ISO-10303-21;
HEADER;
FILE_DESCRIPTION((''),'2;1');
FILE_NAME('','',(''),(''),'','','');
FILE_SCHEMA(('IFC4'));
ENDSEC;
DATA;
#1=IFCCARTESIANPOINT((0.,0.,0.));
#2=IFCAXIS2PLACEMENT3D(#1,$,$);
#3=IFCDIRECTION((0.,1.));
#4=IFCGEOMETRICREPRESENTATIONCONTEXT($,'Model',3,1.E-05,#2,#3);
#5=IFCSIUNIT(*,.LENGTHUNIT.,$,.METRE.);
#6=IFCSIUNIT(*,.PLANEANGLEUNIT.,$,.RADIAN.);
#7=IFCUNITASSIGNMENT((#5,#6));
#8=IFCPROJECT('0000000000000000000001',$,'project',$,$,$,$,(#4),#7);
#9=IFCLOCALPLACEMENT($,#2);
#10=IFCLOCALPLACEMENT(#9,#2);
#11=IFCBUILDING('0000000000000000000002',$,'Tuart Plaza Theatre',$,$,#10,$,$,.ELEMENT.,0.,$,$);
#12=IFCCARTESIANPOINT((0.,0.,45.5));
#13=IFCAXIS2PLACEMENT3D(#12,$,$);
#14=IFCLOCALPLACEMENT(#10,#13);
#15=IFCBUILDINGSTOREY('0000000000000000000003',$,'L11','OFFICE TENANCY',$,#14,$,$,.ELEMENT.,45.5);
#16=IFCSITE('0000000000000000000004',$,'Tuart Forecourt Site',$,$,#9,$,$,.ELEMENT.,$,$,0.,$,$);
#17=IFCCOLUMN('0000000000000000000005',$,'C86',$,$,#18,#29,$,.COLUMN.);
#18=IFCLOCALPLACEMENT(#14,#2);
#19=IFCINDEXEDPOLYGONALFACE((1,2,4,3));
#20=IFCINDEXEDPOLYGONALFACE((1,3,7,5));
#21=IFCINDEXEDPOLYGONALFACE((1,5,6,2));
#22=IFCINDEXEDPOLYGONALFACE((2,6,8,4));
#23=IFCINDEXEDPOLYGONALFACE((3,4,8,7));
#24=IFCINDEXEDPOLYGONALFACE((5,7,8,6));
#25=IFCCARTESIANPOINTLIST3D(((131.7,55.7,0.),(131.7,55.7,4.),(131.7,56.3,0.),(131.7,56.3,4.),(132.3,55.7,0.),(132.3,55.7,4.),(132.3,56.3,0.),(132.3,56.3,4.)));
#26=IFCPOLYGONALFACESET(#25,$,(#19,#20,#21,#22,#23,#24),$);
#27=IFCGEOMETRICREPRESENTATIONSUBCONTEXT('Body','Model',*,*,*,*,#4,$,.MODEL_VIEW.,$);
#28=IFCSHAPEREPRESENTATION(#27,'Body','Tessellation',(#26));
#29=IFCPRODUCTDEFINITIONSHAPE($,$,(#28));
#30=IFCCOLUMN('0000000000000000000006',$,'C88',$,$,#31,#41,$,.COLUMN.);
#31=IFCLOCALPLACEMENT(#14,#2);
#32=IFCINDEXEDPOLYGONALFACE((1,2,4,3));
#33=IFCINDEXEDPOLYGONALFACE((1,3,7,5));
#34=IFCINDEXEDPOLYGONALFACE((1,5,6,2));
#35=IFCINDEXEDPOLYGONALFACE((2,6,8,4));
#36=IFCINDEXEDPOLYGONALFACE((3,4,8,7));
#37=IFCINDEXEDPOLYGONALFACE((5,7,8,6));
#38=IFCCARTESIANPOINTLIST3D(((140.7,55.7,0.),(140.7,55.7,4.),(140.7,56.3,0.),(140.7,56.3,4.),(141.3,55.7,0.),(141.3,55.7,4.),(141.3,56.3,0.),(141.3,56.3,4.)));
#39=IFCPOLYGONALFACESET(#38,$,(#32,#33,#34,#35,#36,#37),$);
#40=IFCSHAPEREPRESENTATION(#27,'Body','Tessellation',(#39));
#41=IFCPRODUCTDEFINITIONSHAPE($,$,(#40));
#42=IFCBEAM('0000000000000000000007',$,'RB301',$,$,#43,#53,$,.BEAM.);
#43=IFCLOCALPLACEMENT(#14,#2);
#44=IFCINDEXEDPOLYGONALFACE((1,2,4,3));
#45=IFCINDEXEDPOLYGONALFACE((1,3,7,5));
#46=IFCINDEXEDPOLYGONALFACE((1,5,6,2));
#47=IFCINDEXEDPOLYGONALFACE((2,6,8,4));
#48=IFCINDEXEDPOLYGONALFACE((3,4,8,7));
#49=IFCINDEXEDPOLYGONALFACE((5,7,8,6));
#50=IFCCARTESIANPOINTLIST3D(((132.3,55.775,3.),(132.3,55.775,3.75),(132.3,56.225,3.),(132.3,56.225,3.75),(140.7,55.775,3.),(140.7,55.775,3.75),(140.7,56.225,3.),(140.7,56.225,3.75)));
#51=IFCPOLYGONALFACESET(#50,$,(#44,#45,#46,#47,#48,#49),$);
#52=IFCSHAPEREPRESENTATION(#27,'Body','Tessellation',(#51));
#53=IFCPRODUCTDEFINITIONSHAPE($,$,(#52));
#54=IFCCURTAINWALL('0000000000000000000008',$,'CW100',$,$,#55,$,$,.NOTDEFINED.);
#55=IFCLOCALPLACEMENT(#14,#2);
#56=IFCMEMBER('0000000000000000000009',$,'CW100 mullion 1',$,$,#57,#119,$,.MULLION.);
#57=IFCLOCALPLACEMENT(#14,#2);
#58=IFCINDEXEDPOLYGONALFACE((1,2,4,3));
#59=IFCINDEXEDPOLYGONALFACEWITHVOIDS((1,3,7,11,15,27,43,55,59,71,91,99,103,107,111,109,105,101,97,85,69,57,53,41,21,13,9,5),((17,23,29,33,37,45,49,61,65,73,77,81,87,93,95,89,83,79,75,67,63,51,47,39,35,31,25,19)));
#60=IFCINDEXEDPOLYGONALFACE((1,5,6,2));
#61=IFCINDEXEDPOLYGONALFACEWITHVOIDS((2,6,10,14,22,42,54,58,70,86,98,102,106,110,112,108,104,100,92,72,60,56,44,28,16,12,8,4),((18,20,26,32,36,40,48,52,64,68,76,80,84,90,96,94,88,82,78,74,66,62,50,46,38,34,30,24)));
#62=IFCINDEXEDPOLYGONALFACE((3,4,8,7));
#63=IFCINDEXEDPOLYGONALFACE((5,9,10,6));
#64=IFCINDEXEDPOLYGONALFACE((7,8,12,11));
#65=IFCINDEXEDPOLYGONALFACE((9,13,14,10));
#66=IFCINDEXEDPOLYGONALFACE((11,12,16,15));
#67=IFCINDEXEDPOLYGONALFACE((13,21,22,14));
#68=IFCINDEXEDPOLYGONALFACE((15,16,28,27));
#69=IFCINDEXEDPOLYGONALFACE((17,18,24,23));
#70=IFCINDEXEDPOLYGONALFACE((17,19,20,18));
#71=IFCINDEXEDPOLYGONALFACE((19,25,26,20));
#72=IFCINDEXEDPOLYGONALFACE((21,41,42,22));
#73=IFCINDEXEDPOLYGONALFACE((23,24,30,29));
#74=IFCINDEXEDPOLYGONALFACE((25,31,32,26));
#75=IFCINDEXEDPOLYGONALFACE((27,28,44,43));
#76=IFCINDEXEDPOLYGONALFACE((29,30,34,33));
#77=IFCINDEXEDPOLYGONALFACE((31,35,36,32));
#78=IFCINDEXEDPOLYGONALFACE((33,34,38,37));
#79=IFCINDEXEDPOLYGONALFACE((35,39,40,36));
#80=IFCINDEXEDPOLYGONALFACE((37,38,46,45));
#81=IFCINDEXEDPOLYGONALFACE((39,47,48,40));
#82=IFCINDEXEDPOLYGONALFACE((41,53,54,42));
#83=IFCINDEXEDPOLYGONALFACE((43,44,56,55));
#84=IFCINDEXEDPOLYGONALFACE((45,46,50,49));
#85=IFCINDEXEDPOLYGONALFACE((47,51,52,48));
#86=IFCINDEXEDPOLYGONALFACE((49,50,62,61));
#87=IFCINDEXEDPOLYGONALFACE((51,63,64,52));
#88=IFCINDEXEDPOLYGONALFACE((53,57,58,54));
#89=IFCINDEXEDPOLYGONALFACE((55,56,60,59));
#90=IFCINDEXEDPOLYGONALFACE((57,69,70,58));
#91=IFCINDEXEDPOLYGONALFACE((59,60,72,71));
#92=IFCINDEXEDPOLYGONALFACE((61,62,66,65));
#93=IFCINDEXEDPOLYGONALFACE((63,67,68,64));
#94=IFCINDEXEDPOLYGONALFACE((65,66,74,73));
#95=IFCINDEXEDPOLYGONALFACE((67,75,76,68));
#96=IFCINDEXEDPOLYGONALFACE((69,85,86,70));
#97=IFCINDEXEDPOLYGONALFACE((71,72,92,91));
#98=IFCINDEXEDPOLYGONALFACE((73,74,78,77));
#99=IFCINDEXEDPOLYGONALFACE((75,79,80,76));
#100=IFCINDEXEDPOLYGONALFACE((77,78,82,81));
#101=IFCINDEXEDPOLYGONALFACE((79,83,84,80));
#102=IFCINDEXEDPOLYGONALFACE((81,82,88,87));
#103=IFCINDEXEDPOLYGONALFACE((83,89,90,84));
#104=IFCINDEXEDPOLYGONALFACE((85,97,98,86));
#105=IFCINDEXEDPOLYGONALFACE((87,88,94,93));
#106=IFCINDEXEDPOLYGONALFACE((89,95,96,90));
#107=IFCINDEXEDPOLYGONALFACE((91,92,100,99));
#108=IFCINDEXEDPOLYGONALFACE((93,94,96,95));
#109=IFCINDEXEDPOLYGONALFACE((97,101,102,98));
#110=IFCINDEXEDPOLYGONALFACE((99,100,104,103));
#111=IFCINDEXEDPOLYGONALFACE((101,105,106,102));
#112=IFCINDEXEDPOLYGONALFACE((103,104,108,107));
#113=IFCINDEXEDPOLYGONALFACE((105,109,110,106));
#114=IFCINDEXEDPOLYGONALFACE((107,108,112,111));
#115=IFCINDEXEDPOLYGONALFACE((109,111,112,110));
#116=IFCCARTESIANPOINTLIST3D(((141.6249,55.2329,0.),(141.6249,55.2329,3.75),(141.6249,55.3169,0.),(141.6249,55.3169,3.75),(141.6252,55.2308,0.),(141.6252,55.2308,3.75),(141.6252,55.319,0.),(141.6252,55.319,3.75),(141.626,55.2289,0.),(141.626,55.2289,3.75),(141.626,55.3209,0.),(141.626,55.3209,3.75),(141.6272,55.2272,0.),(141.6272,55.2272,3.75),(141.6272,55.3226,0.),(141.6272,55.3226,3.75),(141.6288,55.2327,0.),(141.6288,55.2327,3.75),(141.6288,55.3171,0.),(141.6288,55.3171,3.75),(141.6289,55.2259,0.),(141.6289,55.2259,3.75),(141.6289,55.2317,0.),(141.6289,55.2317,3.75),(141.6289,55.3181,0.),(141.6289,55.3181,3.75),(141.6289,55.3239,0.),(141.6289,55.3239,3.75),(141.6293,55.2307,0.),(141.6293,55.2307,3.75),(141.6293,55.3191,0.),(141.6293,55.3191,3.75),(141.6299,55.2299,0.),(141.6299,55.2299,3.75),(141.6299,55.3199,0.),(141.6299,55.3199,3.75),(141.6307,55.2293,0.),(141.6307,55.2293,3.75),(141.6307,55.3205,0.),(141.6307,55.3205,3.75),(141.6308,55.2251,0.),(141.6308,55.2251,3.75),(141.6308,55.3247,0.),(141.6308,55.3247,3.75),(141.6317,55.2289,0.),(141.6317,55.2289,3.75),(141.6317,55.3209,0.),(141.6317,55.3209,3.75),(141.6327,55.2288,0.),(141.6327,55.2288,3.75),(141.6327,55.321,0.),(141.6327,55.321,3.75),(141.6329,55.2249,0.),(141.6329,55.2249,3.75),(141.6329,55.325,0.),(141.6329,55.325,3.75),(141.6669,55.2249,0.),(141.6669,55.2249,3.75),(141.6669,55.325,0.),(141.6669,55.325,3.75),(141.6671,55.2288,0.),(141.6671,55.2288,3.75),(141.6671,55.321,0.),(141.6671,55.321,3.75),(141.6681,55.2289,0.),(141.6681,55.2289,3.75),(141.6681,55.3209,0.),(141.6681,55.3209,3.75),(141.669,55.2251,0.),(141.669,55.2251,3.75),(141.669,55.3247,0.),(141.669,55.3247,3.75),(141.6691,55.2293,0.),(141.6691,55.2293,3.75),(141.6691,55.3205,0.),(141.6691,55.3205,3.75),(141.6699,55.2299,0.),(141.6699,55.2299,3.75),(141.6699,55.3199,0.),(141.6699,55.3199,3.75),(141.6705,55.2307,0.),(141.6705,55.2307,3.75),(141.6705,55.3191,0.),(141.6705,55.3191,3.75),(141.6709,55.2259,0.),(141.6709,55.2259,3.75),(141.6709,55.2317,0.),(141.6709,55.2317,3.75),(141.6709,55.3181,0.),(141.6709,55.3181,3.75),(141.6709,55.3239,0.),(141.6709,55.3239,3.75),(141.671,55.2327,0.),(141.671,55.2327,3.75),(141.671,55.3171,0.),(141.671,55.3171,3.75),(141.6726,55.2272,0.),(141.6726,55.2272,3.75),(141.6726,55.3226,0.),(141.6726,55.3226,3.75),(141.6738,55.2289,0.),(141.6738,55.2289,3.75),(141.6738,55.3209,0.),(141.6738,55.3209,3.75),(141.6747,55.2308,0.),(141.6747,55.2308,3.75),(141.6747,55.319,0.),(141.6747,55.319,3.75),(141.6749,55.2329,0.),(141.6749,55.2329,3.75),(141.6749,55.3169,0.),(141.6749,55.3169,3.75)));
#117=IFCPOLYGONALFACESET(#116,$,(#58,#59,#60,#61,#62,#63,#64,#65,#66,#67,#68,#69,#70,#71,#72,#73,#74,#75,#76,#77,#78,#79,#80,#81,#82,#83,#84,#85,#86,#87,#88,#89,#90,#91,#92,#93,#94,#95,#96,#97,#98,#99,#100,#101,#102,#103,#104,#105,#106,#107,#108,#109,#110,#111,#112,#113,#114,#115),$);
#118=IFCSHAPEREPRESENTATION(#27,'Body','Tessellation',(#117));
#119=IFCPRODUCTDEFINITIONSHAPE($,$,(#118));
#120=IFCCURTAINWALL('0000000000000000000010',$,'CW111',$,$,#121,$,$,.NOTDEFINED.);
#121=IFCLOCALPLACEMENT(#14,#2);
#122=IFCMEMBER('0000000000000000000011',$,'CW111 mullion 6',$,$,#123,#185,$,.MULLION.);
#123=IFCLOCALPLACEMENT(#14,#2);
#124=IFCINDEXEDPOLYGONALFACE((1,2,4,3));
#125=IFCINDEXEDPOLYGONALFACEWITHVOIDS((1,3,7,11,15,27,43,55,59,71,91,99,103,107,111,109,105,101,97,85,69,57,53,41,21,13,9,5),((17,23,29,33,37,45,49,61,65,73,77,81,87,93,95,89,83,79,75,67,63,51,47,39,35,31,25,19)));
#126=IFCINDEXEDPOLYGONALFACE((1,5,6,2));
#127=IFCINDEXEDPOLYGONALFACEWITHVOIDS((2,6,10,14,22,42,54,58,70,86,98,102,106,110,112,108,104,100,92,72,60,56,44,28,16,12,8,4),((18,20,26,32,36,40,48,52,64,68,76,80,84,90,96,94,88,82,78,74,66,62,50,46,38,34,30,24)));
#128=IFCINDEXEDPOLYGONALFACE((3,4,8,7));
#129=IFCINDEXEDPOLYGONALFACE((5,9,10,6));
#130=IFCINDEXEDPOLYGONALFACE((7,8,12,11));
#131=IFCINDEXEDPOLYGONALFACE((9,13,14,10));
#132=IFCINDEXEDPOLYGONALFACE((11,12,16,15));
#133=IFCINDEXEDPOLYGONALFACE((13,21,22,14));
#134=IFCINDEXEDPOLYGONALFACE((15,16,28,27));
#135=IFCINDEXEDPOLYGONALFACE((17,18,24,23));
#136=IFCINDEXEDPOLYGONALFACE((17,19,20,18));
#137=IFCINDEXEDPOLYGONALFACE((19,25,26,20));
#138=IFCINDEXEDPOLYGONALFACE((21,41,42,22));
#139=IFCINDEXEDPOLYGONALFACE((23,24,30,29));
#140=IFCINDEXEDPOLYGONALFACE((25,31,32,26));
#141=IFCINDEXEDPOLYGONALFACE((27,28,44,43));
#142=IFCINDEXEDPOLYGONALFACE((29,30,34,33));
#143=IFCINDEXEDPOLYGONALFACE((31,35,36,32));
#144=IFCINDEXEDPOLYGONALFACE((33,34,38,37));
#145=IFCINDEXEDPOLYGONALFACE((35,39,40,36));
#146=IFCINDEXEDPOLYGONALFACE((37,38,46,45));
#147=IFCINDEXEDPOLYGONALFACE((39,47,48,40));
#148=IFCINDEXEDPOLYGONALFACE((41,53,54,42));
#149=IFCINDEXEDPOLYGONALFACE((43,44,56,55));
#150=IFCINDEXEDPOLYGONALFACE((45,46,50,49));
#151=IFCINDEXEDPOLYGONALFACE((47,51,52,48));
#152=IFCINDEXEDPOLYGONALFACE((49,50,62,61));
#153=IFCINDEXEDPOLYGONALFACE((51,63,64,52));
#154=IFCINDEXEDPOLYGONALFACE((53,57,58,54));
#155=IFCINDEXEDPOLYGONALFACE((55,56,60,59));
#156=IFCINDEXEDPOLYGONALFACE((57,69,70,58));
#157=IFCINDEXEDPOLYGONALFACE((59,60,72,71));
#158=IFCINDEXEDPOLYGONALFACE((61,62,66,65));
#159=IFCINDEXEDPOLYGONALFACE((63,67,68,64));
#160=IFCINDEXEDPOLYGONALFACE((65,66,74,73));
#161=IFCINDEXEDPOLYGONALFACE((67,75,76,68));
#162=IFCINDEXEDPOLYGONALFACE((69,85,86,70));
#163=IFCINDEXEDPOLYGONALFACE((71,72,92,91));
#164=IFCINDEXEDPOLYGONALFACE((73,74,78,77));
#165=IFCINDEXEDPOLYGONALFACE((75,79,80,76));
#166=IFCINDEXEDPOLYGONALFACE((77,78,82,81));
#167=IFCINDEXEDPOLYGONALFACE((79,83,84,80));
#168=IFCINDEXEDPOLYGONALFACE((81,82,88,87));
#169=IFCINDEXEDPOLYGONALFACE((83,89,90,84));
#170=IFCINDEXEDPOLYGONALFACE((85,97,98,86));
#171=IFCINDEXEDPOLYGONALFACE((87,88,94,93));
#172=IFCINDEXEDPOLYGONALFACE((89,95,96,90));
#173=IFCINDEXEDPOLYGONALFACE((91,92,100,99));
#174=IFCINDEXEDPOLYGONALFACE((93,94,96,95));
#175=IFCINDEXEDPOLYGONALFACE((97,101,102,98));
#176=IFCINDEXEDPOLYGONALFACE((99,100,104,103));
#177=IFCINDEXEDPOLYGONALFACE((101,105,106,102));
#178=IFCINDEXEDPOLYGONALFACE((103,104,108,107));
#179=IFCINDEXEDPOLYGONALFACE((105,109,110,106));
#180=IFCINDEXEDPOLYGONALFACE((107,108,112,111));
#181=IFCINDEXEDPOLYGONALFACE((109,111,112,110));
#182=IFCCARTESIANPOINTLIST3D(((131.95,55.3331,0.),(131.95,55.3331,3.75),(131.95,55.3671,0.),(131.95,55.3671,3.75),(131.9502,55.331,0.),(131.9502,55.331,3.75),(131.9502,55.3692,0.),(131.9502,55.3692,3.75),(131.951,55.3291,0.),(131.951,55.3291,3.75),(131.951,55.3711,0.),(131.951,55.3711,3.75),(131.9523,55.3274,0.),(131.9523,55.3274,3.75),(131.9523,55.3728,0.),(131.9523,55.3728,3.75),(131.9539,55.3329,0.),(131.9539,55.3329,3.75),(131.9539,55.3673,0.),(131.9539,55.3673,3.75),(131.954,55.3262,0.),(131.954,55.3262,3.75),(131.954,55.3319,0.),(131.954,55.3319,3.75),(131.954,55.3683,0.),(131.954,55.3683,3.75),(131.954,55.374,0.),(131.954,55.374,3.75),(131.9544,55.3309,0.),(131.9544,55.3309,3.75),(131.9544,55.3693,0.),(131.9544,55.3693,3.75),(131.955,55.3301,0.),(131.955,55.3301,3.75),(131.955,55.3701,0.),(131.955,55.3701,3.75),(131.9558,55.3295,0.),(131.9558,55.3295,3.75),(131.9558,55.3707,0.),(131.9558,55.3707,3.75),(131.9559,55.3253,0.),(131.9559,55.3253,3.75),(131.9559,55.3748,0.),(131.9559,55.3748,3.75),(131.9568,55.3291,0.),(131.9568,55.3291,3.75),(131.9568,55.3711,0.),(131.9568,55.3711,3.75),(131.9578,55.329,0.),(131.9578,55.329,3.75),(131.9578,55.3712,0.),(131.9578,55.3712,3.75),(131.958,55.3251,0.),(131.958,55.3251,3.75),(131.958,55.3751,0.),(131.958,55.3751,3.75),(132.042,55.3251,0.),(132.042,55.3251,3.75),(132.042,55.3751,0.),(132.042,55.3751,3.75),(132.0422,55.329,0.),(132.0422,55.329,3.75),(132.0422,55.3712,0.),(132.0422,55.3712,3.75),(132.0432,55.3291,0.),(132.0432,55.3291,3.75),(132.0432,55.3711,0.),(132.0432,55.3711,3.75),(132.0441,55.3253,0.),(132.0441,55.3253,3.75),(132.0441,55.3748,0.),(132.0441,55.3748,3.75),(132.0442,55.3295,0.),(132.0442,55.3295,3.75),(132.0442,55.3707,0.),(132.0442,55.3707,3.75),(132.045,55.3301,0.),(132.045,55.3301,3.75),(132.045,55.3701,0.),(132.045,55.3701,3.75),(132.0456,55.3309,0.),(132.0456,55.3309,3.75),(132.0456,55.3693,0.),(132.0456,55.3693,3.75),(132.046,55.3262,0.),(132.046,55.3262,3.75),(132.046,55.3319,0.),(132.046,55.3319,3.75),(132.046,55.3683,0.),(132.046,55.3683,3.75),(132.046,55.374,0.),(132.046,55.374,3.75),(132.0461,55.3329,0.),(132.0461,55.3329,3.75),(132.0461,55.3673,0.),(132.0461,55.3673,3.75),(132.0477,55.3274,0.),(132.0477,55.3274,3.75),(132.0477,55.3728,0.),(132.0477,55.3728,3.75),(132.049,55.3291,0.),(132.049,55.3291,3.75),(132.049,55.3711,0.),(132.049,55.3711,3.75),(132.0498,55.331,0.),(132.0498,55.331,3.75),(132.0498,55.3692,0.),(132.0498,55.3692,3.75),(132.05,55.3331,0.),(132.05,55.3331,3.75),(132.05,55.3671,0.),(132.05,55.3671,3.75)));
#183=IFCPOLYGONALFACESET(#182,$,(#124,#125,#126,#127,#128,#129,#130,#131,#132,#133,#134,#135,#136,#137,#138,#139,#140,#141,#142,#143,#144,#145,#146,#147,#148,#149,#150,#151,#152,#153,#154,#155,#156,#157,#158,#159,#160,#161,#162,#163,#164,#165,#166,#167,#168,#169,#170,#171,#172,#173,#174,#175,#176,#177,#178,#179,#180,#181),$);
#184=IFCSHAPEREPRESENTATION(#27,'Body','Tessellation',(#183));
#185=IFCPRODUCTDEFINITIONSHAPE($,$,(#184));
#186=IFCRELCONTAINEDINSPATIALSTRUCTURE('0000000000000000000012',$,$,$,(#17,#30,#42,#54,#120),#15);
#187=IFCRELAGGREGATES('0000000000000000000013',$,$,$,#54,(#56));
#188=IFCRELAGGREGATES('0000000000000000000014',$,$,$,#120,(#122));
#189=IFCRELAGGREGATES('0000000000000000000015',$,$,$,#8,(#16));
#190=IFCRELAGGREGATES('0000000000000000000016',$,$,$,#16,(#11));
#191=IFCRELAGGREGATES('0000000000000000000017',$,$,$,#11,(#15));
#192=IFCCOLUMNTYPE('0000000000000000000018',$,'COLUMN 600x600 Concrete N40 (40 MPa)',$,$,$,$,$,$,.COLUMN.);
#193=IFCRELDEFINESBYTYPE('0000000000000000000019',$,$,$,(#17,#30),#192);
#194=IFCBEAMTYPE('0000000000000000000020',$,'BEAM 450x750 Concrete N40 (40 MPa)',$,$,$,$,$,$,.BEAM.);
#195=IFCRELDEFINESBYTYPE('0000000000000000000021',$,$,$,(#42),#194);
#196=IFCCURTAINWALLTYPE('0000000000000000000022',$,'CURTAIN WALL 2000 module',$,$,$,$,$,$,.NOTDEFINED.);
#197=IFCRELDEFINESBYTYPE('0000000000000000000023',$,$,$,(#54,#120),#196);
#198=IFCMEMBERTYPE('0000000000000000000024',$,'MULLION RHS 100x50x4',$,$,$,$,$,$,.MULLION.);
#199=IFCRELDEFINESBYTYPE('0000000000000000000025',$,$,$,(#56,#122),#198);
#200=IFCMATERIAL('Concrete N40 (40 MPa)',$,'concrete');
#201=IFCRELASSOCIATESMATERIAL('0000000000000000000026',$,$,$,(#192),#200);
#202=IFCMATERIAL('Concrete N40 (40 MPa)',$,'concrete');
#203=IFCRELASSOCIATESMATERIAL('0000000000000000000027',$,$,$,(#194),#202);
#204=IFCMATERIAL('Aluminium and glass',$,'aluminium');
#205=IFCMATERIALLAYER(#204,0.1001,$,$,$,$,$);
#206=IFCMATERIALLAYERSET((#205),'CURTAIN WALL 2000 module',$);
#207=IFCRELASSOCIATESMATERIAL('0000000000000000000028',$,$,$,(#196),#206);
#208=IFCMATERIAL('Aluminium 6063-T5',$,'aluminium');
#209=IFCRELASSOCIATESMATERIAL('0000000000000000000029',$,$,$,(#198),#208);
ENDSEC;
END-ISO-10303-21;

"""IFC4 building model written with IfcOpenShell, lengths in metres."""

from ifc_helpers import new_model, si_unit, direction, frame, origin, origin_2d, place, context, subcontext, project, spatial, rectangle, hollow_rectangle, extrude, material, layer, layer_set, material_profile, profile_set, type_object, element, aggregate, save


model = new_model("IFC4")

# Units and contexts
model_context = context("Model", 3, precision=1e-05, world=origin(), true_north=direction((0.0, 1.0)))
body_context = subcontext(model_context, "Body", "Model", "MODEL_VIEW")
ifc_project = project(units=[si_unit("LENGTHUNIT", "METRE"), si_unit("PLANEANGLEUNIT", "RADIAN")], contexts=[model_context])

# Site, building, storey
site_placement = place(None, origin())
site = spatial("IfcSite", under=ifc_project, at=site_placement, Name="Tuart Forecourt Site", CompositionType="ELEMENT", RefElevation=0.0)
building_placement = place(site_placement, origin())
building = spatial("IfcBuilding", under=site, at=building_placement, Name="Tuart Plaza Theatre", CompositionType="ELEMENT", ElevationOfRefHeight=0.0)
storey_placement = place(building_placement, frame((0.0, 0.0, 45.5)))
storey = spatial("IfcBuildingStorey", under=building, at=storey_placement, Name="L11", Description="OFFICE TENANCY", CompositionType="ELEMENT", Elevation=45.5)

# Columns
ifc_material_1 = material(Name="Concrete N40 (40 MPa)", Category="concrete")
ifc_material_profile_1 = material_profile(ifc_material_1, rectangle(XDim=0.6001, YDim=0.6001, at=origin_2d()), Name="COLUMN 600x600 Concrete N40 (40 MPa)")
ifc_profile_set_1 = profile_set([ifc_material_profile_1], Name="Concrete N40 (40 MPa)")
column_type = type_object("IfcColumnType", Name="COLUMN 600x600 Concrete N40 (40 MPa)", PredefinedType="COLUMN", material=ifc_profile_set_1)
for number, where, z_axis, x_axis, name in (
    (1, (132.0, 56.0, 0.0), (0.0, 0.0, 1.0), (1.0, 0.0, 0.0), "C86"),
    (2, (141.0, 56.0, 0.0), (0.0, 0.0, 1.0), (1.0, 0.0, 0.0), "C88"),
):
    element("IfcColumn", number, at=place(storey_placement, frame(where, z_axis=z_axis, x_axis=x_axis)), inside=storey, type_object=column_type, Name=name, PredefinedType="COLUMN", context=body_context, shape_type="SweptSolid", body=[
        extrude(rectangle(XDim=0.6001, YDim=0.6001, at=origin_2d()), origin(), (0.0, 0.0, 1.0), 4.0),
    ])

# Beam
ifc_material_2 = material(Name="Concrete N40 (40 MPa)", Category="concrete")
ifc_material_profile_2 = material_profile(ifc_material_2, rectangle(XDim=0.45, YDim=0.75, at=origin_2d()), Name="BEAM 450x750 Concrete N40 (40 MPa)")
ifc_profile_set_2 = profile_set([ifc_material_profile_2], Name="Concrete N40 (40 MPa)")
beam_type = type_object("IfcBeamType", Name="BEAM 450x750 Concrete N40 (40 MPa)", PredefinedType="BEAM", material=ifc_profile_set_2)
beam_placement = place(storey_placement, frame((132.3, 56.0, 3.375), z_axis=(1.0, 0.0, 0.0), x_axis=(0.0, 1.0, 0.0)))
element("IfcBeam", 3, at=beam_placement, inside=storey, type_object=beam_type, Name="RB301", PredefinedType="BEAM", context=body_context, shape_type="SweptSolid", body=[
    extrude(rectangle(XDim=0.45, YDim=0.75, at=origin_2d()), origin(), (0.0, 0.0, 1.0), 8.3999),
])

# Curtain wall, member
ifc_material_3 = material(Name="Aluminium and glass", Category="aluminium")
ifc_layer_1 = layer(ifc_material_3, 0.1001)
ifc_layer_set_1 = layer_set([ifc_layer_1], Name="CURTAIN WALL 2000 module")
curtain_wall_type = type_object("IfcCurtainWallType", Name="CURTAIN WALL 2000 module", PredefinedType="NOTDEFINED", material=ifc_layer_set_1)
curtain_wall_1_placement = place(storey_placement, origin())
curtain_wall_1 = element("IfcCurtainWall", 4, at=curtain_wall_1_placement, inside=storey, type_object=curtain_wall_type, Name="CW100", PredefinedType="NOTDEFINED")
ifc_material_4 = material(Name="Aluminium 6063-T5", Category="aluminium")
ifc_material_profile_3 = material_profile(ifc_material_4, hollow_rectangle(XDim=0.05, YDim=0.1001, WallThickness=0.0039, InnerFilletRadius=0.0039, OuterFilletRadius=0.0081, at=origin_2d()), Name="RHS 100x50x4")
ifc_profile_set_3 = profile_set([ifc_material_profile_3], Name="Aluminium 6063-T5")
member_type_1 = type_object("IfcMemberType", Name="MULLION RHS 100x50x4", PredefinedType="MULLION", material=ifc_profile_set_3)
member_1_placement = place(storey_placement, frame((141.6499, 55.2749, 0.0), z_axis=(0.0, 0.0, 1.0), x_axis=(-1.0, 0.0, 0.0)))
member_1 = element("IfcMember", 5, at=member_1_placement, type_object=member_type_1, Name="CW100 mullion 1", PredefinedType="MULLION", context=body_context, shape_type="SweptSolid", body=[
    extrude(hollow_rectangle(XDim=0.05, YDim=0.1001, WallThickness=0.0039, InnerFilletRadius=0.0039, OuterFilletRadius=0.0081, at=origin_2d()), origin(), (0.0, 0.0, 1.0), 3.75),
])

# Curtain wall, member
curtain_wall_2_placement = place(storey_placement, origin())
curtain_wall_2 = element("IfcCurtainWall", 6, at=curtain_wall_2_placement, inside=storey, type_object=curtain_wall_type, Name="CW111", PredefinedType="NOTDEFINED")
member_2_placement = place(storey_placement, frame((132.0, 55.3501, 0.0), z_axis=(0.0, 0.0, 1.0), x_axis=(0.0, 1.0, 0.0)))
member_2 = element("IfcMember", 7, at=member_2_placement, type_object=member_type_1, Name="CW111 mullion 6", PredefinedType="MULLION", context=body_context, shape_type="SweptSolid", body=[
    extrude(hollow_rectangle(XDim=0.05, YDim=0.1001, WallThickness=0.0039, InnerFilletRadius=0.0039, OuterFilletRadius=0.0081, at=origin_2d()), origin(), (0.0, 0.0, 1.0), 3.75),
])

aggregate(curtain_wall_1, [member_1])

aggregate(curtain_wall_2, [member_2])

save(model, "model.ifc")
